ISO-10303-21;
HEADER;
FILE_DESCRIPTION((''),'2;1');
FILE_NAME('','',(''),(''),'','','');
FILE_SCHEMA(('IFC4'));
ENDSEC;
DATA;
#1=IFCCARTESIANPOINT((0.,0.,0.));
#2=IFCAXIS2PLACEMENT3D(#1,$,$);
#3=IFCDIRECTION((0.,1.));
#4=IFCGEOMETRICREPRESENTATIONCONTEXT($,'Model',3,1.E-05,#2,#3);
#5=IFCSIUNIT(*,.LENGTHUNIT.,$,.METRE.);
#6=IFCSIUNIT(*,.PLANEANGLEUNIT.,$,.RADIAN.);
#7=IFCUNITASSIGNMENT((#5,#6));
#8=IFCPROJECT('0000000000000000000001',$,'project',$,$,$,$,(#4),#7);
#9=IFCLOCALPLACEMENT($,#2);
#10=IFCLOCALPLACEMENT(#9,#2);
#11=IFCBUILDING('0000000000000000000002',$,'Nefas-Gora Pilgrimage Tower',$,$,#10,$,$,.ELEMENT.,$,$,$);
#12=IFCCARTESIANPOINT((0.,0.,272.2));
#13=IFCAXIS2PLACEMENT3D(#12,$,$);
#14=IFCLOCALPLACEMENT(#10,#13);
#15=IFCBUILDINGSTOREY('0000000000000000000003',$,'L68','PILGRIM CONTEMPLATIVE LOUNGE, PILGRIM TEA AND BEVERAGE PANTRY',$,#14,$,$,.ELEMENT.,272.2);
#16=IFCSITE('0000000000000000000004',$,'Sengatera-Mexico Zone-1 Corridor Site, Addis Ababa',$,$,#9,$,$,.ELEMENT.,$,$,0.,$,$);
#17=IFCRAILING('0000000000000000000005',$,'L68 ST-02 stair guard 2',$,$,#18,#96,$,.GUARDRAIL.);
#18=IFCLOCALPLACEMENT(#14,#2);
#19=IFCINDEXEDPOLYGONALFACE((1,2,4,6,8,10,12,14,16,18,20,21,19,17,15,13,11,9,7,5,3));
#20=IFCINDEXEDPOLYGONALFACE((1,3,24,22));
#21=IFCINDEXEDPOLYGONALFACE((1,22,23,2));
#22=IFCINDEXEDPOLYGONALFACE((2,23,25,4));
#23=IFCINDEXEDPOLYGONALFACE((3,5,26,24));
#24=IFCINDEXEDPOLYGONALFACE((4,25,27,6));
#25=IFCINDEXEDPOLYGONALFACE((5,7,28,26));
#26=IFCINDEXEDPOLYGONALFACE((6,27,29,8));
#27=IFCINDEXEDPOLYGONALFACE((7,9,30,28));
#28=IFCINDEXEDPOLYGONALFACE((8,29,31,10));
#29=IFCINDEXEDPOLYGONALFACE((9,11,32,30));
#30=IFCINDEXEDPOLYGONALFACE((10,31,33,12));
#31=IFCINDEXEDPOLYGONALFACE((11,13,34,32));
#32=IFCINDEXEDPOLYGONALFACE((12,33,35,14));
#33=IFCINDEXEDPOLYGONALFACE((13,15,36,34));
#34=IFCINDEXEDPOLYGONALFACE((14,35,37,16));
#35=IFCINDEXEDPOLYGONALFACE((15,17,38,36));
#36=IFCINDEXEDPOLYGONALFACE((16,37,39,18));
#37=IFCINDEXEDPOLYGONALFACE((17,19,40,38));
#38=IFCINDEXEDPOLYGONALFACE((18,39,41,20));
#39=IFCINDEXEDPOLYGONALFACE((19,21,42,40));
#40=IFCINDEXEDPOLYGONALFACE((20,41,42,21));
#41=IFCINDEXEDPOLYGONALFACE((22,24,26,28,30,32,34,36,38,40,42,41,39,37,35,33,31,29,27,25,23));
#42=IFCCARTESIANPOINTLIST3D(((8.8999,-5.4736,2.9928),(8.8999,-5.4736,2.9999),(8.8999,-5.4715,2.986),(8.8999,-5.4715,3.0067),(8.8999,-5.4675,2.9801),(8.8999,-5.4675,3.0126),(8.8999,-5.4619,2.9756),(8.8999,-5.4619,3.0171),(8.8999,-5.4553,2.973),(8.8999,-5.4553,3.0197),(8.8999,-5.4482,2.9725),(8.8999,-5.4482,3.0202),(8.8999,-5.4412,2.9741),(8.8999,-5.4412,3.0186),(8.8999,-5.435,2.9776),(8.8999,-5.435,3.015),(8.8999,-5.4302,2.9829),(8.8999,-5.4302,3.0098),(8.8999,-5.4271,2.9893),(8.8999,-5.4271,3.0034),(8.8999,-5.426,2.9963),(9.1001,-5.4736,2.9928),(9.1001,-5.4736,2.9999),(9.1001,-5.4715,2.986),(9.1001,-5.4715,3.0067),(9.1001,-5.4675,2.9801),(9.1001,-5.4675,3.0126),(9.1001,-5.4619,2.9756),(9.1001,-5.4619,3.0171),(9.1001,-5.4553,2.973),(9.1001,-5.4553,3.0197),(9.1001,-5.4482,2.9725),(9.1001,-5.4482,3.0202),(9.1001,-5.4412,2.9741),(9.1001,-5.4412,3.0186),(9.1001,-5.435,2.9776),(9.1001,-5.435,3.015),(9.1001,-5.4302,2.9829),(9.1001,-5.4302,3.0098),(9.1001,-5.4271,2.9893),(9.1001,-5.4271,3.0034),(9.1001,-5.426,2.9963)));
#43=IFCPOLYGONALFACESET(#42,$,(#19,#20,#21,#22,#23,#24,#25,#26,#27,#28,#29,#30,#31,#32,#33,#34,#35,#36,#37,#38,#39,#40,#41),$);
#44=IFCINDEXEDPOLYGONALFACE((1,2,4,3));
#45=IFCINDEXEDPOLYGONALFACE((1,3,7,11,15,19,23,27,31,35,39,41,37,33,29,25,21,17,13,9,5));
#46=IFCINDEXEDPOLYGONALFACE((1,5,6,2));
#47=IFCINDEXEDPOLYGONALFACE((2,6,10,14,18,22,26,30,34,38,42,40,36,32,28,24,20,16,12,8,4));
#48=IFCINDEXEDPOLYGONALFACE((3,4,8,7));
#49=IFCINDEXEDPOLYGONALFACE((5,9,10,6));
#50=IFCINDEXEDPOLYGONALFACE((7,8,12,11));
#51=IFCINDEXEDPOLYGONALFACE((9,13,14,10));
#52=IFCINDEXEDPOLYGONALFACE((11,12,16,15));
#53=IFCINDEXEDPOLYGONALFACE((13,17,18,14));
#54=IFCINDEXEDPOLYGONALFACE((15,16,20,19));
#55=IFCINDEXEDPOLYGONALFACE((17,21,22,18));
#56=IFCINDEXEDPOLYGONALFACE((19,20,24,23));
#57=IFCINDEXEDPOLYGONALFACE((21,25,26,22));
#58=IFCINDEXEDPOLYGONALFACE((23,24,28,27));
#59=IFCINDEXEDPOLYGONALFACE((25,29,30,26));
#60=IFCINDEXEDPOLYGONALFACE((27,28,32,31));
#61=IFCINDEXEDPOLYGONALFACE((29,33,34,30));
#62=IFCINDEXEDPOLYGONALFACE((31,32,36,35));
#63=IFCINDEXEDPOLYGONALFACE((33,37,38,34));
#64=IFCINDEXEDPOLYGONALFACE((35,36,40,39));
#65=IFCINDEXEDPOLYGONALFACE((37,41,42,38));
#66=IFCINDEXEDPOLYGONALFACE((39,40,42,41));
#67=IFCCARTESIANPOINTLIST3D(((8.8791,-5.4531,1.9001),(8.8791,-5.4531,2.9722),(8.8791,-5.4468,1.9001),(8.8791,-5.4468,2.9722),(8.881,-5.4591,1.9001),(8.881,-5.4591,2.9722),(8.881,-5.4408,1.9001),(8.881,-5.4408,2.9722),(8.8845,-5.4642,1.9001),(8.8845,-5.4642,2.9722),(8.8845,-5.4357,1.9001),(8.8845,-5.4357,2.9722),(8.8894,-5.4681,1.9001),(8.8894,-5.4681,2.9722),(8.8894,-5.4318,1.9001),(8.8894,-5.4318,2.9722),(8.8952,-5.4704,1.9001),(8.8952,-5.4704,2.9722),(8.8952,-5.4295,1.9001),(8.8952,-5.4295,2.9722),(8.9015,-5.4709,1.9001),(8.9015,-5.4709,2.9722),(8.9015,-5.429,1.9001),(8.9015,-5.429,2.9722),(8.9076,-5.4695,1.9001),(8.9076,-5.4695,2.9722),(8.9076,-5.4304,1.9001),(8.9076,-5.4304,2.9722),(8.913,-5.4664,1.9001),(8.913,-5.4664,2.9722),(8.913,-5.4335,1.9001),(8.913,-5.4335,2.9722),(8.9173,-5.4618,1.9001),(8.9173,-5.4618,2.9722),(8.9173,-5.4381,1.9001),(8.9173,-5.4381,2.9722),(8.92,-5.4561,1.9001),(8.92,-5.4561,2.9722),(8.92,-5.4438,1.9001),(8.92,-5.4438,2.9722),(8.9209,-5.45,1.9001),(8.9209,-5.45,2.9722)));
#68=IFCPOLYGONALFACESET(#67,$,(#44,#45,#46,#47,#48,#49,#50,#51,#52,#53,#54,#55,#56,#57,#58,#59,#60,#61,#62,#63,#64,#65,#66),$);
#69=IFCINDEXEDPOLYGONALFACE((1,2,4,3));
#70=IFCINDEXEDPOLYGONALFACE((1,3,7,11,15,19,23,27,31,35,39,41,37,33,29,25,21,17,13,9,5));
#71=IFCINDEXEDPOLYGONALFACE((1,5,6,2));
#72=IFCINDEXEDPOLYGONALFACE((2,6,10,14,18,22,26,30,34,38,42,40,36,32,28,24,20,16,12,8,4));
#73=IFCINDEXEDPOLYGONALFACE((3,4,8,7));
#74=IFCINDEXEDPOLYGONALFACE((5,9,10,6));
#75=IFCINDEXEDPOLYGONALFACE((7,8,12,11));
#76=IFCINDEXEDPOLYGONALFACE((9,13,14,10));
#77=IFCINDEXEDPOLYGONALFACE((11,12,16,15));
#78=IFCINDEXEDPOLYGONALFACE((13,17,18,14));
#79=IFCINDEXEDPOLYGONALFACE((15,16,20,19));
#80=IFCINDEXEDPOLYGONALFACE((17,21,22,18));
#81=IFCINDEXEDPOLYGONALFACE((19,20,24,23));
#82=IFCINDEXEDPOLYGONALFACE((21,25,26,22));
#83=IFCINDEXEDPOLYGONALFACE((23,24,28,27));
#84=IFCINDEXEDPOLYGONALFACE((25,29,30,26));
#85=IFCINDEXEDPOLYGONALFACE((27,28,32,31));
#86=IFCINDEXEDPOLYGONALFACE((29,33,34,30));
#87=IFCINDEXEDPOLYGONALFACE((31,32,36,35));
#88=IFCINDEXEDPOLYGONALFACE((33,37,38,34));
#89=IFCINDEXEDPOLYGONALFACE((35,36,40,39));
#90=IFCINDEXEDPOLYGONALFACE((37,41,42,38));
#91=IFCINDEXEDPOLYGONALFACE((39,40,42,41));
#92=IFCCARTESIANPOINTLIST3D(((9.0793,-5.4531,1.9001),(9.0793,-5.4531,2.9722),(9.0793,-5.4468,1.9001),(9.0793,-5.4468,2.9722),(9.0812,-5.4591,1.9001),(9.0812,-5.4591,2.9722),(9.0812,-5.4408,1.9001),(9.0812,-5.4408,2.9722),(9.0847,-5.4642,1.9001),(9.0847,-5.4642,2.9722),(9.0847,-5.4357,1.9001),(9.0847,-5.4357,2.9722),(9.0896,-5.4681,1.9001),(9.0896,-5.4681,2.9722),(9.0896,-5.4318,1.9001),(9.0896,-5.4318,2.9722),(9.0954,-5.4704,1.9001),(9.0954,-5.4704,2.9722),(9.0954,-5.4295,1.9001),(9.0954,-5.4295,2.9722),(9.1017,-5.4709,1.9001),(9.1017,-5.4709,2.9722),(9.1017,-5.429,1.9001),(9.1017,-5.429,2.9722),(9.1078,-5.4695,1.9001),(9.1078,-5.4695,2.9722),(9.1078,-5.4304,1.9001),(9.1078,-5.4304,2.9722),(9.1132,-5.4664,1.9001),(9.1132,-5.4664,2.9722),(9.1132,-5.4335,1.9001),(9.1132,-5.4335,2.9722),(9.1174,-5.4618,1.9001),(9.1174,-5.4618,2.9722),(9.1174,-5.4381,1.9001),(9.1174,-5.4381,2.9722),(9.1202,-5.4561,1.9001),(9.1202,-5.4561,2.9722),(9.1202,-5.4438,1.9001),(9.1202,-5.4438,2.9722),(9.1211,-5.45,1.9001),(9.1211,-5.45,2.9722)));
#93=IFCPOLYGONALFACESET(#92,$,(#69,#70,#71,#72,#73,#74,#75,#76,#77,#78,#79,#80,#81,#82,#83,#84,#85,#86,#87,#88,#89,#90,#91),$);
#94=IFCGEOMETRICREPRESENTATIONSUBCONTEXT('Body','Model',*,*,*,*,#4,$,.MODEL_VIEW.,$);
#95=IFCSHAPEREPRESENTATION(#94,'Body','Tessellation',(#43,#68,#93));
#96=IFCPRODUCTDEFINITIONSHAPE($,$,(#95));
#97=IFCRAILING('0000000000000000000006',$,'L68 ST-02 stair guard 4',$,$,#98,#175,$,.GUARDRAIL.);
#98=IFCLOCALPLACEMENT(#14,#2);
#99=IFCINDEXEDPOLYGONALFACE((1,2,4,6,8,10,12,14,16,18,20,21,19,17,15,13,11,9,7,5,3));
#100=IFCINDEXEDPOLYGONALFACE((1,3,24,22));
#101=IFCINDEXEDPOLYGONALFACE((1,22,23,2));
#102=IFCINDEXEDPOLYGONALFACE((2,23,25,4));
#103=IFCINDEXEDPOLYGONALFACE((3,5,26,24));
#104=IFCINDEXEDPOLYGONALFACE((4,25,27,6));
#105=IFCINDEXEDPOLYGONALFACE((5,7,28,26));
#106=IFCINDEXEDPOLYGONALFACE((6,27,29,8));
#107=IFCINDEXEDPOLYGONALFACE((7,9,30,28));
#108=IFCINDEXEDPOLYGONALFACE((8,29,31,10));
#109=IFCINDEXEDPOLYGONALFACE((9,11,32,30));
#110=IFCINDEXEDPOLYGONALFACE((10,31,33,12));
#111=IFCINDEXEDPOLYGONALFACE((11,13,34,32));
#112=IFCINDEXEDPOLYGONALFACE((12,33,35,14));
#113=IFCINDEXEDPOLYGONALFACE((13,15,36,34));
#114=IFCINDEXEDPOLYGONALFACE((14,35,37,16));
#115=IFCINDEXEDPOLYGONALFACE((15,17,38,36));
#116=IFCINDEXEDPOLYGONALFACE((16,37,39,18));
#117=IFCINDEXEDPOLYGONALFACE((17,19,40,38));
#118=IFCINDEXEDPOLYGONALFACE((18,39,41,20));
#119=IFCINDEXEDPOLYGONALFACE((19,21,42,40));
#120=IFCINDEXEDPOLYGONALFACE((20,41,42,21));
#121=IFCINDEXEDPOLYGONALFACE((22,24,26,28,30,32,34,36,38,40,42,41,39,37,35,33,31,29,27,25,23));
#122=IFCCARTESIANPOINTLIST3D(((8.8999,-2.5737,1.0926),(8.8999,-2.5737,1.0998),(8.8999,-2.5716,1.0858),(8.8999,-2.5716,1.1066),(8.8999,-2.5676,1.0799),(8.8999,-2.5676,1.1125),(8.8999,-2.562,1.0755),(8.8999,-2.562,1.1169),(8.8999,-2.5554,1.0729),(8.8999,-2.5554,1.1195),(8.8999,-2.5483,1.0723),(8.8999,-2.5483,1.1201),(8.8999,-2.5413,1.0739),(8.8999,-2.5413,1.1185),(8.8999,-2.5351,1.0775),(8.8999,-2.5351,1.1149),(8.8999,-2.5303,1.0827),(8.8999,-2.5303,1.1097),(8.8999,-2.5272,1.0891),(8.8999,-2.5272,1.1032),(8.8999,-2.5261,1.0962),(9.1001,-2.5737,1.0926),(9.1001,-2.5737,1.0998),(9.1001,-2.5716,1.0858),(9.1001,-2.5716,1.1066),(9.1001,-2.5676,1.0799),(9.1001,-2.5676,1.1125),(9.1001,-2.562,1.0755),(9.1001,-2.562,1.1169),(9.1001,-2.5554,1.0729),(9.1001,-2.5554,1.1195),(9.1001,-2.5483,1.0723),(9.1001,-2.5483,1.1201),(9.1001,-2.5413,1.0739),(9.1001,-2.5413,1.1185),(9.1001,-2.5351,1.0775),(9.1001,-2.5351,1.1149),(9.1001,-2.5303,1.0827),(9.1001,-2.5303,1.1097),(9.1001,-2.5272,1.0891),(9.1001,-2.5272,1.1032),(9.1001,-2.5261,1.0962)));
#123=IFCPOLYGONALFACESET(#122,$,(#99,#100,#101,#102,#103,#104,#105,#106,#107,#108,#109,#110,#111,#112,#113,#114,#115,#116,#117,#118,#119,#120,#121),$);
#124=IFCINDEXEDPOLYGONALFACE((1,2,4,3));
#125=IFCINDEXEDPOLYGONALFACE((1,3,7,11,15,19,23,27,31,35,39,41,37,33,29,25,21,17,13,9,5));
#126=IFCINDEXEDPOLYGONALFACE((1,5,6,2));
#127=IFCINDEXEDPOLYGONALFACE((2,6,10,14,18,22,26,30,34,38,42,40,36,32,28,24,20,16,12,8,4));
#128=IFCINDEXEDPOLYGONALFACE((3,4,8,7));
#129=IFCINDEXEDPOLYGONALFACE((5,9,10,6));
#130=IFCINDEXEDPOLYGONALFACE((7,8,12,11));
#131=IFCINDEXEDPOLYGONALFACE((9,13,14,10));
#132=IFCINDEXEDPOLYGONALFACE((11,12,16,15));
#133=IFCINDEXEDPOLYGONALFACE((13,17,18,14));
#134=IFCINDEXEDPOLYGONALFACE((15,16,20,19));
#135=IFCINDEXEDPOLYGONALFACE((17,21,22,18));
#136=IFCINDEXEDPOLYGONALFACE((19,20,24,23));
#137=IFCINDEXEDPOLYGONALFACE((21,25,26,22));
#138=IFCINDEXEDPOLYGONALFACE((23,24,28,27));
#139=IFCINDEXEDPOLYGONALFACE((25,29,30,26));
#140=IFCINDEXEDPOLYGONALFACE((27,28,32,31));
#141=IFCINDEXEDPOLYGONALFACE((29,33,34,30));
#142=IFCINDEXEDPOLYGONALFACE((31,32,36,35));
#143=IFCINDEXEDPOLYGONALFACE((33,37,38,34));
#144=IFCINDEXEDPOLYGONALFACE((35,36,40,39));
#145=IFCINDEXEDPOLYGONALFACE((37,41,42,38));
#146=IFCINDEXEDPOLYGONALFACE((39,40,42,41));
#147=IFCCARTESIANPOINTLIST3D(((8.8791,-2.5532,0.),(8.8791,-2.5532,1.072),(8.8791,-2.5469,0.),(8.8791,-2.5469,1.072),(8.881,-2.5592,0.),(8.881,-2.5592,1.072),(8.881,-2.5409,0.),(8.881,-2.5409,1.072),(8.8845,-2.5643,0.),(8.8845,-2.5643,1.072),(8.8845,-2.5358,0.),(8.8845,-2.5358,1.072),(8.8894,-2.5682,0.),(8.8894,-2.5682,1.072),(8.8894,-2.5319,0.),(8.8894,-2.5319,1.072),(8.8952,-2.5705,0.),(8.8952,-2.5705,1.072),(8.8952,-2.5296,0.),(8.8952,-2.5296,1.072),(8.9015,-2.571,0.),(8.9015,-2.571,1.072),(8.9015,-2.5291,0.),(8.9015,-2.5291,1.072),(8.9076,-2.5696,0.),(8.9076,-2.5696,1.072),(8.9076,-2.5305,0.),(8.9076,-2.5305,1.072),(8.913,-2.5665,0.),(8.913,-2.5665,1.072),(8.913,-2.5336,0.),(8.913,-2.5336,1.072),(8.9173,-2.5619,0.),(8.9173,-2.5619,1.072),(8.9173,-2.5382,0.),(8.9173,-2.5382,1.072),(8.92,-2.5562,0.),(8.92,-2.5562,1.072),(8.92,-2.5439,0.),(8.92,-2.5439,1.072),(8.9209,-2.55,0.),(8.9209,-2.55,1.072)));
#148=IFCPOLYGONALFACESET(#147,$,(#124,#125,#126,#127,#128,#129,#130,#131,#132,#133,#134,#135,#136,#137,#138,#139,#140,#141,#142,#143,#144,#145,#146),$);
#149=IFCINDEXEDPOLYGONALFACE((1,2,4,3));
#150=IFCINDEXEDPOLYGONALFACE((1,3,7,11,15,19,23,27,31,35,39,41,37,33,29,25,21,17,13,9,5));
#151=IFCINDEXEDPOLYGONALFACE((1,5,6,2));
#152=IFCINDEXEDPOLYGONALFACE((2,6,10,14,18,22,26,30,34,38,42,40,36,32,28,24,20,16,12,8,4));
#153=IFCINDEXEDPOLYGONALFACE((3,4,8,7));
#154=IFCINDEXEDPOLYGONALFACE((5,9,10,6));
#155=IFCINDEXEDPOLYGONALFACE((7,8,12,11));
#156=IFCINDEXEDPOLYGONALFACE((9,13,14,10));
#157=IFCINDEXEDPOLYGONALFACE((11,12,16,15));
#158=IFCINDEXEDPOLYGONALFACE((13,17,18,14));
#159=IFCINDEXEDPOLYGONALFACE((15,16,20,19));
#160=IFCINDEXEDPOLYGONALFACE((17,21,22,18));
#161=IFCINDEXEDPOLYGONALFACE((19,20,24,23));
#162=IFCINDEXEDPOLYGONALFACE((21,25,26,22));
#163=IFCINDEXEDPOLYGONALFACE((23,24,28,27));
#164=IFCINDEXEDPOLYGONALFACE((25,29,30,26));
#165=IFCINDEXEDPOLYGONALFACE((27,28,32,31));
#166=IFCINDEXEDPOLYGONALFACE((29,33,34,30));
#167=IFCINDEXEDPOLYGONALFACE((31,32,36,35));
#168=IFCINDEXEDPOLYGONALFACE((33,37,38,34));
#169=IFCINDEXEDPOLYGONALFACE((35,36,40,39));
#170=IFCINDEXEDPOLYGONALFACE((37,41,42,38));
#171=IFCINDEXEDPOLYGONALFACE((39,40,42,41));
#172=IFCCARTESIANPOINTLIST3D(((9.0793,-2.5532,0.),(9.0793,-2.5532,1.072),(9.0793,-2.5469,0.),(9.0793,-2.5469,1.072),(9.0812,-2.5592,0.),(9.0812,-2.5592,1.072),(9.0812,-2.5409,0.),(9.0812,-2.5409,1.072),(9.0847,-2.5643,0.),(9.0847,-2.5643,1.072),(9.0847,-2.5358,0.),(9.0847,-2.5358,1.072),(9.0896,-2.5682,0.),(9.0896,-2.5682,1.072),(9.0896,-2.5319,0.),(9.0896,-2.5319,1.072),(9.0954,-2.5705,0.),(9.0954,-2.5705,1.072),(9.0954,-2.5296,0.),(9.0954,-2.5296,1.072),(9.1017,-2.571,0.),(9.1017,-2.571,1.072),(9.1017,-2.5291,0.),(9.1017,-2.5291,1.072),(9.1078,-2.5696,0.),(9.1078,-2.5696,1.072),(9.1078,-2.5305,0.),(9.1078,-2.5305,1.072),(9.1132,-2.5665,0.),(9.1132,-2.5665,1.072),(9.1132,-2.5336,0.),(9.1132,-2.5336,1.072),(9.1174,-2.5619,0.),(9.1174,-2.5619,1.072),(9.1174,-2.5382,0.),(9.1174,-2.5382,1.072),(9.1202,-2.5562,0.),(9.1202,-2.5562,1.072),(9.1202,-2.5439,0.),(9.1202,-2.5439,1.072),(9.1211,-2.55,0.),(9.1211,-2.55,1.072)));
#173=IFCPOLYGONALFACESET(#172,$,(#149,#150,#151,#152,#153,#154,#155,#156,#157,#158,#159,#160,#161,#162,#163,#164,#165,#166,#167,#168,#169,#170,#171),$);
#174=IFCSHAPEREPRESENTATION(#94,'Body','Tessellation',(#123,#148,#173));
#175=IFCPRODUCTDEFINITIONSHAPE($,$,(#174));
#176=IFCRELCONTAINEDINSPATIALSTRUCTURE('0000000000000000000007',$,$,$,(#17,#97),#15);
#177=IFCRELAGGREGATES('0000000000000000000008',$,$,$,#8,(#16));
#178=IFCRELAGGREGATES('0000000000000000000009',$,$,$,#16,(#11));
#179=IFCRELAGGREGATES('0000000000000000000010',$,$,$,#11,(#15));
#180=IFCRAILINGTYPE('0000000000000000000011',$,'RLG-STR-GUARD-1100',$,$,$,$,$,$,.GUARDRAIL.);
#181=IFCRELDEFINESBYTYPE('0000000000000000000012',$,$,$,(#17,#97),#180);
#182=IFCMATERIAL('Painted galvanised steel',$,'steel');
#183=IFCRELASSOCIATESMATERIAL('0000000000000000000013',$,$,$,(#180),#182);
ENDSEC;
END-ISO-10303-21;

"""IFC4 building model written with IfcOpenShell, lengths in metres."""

from ifc_helpers import new_model, si_unit, direction, frame, origin, origin_2d, place, context, subcontext, project, spatial, circle, extrude, material, type_object, element, save


model = new_model("IFC4")

# Units and contexts
model_context = context("Model", 3, precision=1e-05, world=origin(), true_north=direction((0.0, 1.0)))
body_context = subcontext(model_context, "Body", "Model", "MODEL_VIEW")
ifc_project = project(units=[si_unit("LENGTHUNIT", "METRE"), si_unit("PLANEANGLEUNIT", "RADIAN")], contexts=[model_context])

# Site, building, storey
site_placement = place(None, origin())
site = spatial("IfcSite", under=ifc_project, at=site_placement, Name="Sengatera-Mexico Zone-1 Corridor Site, Addis Ababa", CompositionType="ELEMENT", RefElevation=0.0)
building_placement = place(site_placement, origin())
building = spatial("IfcBuilding", under=site, at=building_placement, Name="Nefas-Gora Pilgrimage Tower", CompositionType="ELEMENT")
storey_placement = place(building_placement, frame((0.0, 0.0, 272.2)))
storey = spatial("IfcBuildingStorey", under=building, at=storey_placement, Name="L68", Description="PILGRIM CONTEMPLATIVE LOUNGE, PILGRIM TEA AND BEVERAGE PANTRY", CompositionType="ELEMENT", Elevation=272.2)

# Railings
ifc_material_1 = material(Name="Painted galvanised steel", Category="steel")
railing_type_1 = type_object("IfcRailingType", Name="RLG-STR-GUARD-1100", PredefinedType="GUARDRAIL", material=ifc_material_1)
for number, where, name in (
    (1, (8.8999, -5.45, 1.9001), "L68 ST-02 stair guard 2"),
    (2, (8.8999, -2.55, 0.0), "L68 ST-02 stair guard 4"),
):
    element("IfcRailing", number, at=place(storey_placement, frame(where)), inside=storey, type_object=railing_type_1, Name=name, PredefinedType="GUARDRAIL", context=body_context, shape_type="SweptSolid", body=[
        extrude(circle(Radius=0.0239, at=origin_2d()), frame((0.0, 0.0, 1.0962), z_axis=(1.0, 0.0, 0.0), x_axis=(0.0, 1.0, 0.0)), (0.0, 0.0, 1.0), 0.2002),
        extrude(circle(Radius=0.021, at=origin_2d()), origin(), (0.0, 0.0, 1.0), 1.072),
        extrude(circle(Radius=0.021, at=origin_2d()), frame((0.2002, 0.0, 0.0)), (0.0, 0.0, 1.0), 1.072),
    ])

save(model, "model.ifc")
